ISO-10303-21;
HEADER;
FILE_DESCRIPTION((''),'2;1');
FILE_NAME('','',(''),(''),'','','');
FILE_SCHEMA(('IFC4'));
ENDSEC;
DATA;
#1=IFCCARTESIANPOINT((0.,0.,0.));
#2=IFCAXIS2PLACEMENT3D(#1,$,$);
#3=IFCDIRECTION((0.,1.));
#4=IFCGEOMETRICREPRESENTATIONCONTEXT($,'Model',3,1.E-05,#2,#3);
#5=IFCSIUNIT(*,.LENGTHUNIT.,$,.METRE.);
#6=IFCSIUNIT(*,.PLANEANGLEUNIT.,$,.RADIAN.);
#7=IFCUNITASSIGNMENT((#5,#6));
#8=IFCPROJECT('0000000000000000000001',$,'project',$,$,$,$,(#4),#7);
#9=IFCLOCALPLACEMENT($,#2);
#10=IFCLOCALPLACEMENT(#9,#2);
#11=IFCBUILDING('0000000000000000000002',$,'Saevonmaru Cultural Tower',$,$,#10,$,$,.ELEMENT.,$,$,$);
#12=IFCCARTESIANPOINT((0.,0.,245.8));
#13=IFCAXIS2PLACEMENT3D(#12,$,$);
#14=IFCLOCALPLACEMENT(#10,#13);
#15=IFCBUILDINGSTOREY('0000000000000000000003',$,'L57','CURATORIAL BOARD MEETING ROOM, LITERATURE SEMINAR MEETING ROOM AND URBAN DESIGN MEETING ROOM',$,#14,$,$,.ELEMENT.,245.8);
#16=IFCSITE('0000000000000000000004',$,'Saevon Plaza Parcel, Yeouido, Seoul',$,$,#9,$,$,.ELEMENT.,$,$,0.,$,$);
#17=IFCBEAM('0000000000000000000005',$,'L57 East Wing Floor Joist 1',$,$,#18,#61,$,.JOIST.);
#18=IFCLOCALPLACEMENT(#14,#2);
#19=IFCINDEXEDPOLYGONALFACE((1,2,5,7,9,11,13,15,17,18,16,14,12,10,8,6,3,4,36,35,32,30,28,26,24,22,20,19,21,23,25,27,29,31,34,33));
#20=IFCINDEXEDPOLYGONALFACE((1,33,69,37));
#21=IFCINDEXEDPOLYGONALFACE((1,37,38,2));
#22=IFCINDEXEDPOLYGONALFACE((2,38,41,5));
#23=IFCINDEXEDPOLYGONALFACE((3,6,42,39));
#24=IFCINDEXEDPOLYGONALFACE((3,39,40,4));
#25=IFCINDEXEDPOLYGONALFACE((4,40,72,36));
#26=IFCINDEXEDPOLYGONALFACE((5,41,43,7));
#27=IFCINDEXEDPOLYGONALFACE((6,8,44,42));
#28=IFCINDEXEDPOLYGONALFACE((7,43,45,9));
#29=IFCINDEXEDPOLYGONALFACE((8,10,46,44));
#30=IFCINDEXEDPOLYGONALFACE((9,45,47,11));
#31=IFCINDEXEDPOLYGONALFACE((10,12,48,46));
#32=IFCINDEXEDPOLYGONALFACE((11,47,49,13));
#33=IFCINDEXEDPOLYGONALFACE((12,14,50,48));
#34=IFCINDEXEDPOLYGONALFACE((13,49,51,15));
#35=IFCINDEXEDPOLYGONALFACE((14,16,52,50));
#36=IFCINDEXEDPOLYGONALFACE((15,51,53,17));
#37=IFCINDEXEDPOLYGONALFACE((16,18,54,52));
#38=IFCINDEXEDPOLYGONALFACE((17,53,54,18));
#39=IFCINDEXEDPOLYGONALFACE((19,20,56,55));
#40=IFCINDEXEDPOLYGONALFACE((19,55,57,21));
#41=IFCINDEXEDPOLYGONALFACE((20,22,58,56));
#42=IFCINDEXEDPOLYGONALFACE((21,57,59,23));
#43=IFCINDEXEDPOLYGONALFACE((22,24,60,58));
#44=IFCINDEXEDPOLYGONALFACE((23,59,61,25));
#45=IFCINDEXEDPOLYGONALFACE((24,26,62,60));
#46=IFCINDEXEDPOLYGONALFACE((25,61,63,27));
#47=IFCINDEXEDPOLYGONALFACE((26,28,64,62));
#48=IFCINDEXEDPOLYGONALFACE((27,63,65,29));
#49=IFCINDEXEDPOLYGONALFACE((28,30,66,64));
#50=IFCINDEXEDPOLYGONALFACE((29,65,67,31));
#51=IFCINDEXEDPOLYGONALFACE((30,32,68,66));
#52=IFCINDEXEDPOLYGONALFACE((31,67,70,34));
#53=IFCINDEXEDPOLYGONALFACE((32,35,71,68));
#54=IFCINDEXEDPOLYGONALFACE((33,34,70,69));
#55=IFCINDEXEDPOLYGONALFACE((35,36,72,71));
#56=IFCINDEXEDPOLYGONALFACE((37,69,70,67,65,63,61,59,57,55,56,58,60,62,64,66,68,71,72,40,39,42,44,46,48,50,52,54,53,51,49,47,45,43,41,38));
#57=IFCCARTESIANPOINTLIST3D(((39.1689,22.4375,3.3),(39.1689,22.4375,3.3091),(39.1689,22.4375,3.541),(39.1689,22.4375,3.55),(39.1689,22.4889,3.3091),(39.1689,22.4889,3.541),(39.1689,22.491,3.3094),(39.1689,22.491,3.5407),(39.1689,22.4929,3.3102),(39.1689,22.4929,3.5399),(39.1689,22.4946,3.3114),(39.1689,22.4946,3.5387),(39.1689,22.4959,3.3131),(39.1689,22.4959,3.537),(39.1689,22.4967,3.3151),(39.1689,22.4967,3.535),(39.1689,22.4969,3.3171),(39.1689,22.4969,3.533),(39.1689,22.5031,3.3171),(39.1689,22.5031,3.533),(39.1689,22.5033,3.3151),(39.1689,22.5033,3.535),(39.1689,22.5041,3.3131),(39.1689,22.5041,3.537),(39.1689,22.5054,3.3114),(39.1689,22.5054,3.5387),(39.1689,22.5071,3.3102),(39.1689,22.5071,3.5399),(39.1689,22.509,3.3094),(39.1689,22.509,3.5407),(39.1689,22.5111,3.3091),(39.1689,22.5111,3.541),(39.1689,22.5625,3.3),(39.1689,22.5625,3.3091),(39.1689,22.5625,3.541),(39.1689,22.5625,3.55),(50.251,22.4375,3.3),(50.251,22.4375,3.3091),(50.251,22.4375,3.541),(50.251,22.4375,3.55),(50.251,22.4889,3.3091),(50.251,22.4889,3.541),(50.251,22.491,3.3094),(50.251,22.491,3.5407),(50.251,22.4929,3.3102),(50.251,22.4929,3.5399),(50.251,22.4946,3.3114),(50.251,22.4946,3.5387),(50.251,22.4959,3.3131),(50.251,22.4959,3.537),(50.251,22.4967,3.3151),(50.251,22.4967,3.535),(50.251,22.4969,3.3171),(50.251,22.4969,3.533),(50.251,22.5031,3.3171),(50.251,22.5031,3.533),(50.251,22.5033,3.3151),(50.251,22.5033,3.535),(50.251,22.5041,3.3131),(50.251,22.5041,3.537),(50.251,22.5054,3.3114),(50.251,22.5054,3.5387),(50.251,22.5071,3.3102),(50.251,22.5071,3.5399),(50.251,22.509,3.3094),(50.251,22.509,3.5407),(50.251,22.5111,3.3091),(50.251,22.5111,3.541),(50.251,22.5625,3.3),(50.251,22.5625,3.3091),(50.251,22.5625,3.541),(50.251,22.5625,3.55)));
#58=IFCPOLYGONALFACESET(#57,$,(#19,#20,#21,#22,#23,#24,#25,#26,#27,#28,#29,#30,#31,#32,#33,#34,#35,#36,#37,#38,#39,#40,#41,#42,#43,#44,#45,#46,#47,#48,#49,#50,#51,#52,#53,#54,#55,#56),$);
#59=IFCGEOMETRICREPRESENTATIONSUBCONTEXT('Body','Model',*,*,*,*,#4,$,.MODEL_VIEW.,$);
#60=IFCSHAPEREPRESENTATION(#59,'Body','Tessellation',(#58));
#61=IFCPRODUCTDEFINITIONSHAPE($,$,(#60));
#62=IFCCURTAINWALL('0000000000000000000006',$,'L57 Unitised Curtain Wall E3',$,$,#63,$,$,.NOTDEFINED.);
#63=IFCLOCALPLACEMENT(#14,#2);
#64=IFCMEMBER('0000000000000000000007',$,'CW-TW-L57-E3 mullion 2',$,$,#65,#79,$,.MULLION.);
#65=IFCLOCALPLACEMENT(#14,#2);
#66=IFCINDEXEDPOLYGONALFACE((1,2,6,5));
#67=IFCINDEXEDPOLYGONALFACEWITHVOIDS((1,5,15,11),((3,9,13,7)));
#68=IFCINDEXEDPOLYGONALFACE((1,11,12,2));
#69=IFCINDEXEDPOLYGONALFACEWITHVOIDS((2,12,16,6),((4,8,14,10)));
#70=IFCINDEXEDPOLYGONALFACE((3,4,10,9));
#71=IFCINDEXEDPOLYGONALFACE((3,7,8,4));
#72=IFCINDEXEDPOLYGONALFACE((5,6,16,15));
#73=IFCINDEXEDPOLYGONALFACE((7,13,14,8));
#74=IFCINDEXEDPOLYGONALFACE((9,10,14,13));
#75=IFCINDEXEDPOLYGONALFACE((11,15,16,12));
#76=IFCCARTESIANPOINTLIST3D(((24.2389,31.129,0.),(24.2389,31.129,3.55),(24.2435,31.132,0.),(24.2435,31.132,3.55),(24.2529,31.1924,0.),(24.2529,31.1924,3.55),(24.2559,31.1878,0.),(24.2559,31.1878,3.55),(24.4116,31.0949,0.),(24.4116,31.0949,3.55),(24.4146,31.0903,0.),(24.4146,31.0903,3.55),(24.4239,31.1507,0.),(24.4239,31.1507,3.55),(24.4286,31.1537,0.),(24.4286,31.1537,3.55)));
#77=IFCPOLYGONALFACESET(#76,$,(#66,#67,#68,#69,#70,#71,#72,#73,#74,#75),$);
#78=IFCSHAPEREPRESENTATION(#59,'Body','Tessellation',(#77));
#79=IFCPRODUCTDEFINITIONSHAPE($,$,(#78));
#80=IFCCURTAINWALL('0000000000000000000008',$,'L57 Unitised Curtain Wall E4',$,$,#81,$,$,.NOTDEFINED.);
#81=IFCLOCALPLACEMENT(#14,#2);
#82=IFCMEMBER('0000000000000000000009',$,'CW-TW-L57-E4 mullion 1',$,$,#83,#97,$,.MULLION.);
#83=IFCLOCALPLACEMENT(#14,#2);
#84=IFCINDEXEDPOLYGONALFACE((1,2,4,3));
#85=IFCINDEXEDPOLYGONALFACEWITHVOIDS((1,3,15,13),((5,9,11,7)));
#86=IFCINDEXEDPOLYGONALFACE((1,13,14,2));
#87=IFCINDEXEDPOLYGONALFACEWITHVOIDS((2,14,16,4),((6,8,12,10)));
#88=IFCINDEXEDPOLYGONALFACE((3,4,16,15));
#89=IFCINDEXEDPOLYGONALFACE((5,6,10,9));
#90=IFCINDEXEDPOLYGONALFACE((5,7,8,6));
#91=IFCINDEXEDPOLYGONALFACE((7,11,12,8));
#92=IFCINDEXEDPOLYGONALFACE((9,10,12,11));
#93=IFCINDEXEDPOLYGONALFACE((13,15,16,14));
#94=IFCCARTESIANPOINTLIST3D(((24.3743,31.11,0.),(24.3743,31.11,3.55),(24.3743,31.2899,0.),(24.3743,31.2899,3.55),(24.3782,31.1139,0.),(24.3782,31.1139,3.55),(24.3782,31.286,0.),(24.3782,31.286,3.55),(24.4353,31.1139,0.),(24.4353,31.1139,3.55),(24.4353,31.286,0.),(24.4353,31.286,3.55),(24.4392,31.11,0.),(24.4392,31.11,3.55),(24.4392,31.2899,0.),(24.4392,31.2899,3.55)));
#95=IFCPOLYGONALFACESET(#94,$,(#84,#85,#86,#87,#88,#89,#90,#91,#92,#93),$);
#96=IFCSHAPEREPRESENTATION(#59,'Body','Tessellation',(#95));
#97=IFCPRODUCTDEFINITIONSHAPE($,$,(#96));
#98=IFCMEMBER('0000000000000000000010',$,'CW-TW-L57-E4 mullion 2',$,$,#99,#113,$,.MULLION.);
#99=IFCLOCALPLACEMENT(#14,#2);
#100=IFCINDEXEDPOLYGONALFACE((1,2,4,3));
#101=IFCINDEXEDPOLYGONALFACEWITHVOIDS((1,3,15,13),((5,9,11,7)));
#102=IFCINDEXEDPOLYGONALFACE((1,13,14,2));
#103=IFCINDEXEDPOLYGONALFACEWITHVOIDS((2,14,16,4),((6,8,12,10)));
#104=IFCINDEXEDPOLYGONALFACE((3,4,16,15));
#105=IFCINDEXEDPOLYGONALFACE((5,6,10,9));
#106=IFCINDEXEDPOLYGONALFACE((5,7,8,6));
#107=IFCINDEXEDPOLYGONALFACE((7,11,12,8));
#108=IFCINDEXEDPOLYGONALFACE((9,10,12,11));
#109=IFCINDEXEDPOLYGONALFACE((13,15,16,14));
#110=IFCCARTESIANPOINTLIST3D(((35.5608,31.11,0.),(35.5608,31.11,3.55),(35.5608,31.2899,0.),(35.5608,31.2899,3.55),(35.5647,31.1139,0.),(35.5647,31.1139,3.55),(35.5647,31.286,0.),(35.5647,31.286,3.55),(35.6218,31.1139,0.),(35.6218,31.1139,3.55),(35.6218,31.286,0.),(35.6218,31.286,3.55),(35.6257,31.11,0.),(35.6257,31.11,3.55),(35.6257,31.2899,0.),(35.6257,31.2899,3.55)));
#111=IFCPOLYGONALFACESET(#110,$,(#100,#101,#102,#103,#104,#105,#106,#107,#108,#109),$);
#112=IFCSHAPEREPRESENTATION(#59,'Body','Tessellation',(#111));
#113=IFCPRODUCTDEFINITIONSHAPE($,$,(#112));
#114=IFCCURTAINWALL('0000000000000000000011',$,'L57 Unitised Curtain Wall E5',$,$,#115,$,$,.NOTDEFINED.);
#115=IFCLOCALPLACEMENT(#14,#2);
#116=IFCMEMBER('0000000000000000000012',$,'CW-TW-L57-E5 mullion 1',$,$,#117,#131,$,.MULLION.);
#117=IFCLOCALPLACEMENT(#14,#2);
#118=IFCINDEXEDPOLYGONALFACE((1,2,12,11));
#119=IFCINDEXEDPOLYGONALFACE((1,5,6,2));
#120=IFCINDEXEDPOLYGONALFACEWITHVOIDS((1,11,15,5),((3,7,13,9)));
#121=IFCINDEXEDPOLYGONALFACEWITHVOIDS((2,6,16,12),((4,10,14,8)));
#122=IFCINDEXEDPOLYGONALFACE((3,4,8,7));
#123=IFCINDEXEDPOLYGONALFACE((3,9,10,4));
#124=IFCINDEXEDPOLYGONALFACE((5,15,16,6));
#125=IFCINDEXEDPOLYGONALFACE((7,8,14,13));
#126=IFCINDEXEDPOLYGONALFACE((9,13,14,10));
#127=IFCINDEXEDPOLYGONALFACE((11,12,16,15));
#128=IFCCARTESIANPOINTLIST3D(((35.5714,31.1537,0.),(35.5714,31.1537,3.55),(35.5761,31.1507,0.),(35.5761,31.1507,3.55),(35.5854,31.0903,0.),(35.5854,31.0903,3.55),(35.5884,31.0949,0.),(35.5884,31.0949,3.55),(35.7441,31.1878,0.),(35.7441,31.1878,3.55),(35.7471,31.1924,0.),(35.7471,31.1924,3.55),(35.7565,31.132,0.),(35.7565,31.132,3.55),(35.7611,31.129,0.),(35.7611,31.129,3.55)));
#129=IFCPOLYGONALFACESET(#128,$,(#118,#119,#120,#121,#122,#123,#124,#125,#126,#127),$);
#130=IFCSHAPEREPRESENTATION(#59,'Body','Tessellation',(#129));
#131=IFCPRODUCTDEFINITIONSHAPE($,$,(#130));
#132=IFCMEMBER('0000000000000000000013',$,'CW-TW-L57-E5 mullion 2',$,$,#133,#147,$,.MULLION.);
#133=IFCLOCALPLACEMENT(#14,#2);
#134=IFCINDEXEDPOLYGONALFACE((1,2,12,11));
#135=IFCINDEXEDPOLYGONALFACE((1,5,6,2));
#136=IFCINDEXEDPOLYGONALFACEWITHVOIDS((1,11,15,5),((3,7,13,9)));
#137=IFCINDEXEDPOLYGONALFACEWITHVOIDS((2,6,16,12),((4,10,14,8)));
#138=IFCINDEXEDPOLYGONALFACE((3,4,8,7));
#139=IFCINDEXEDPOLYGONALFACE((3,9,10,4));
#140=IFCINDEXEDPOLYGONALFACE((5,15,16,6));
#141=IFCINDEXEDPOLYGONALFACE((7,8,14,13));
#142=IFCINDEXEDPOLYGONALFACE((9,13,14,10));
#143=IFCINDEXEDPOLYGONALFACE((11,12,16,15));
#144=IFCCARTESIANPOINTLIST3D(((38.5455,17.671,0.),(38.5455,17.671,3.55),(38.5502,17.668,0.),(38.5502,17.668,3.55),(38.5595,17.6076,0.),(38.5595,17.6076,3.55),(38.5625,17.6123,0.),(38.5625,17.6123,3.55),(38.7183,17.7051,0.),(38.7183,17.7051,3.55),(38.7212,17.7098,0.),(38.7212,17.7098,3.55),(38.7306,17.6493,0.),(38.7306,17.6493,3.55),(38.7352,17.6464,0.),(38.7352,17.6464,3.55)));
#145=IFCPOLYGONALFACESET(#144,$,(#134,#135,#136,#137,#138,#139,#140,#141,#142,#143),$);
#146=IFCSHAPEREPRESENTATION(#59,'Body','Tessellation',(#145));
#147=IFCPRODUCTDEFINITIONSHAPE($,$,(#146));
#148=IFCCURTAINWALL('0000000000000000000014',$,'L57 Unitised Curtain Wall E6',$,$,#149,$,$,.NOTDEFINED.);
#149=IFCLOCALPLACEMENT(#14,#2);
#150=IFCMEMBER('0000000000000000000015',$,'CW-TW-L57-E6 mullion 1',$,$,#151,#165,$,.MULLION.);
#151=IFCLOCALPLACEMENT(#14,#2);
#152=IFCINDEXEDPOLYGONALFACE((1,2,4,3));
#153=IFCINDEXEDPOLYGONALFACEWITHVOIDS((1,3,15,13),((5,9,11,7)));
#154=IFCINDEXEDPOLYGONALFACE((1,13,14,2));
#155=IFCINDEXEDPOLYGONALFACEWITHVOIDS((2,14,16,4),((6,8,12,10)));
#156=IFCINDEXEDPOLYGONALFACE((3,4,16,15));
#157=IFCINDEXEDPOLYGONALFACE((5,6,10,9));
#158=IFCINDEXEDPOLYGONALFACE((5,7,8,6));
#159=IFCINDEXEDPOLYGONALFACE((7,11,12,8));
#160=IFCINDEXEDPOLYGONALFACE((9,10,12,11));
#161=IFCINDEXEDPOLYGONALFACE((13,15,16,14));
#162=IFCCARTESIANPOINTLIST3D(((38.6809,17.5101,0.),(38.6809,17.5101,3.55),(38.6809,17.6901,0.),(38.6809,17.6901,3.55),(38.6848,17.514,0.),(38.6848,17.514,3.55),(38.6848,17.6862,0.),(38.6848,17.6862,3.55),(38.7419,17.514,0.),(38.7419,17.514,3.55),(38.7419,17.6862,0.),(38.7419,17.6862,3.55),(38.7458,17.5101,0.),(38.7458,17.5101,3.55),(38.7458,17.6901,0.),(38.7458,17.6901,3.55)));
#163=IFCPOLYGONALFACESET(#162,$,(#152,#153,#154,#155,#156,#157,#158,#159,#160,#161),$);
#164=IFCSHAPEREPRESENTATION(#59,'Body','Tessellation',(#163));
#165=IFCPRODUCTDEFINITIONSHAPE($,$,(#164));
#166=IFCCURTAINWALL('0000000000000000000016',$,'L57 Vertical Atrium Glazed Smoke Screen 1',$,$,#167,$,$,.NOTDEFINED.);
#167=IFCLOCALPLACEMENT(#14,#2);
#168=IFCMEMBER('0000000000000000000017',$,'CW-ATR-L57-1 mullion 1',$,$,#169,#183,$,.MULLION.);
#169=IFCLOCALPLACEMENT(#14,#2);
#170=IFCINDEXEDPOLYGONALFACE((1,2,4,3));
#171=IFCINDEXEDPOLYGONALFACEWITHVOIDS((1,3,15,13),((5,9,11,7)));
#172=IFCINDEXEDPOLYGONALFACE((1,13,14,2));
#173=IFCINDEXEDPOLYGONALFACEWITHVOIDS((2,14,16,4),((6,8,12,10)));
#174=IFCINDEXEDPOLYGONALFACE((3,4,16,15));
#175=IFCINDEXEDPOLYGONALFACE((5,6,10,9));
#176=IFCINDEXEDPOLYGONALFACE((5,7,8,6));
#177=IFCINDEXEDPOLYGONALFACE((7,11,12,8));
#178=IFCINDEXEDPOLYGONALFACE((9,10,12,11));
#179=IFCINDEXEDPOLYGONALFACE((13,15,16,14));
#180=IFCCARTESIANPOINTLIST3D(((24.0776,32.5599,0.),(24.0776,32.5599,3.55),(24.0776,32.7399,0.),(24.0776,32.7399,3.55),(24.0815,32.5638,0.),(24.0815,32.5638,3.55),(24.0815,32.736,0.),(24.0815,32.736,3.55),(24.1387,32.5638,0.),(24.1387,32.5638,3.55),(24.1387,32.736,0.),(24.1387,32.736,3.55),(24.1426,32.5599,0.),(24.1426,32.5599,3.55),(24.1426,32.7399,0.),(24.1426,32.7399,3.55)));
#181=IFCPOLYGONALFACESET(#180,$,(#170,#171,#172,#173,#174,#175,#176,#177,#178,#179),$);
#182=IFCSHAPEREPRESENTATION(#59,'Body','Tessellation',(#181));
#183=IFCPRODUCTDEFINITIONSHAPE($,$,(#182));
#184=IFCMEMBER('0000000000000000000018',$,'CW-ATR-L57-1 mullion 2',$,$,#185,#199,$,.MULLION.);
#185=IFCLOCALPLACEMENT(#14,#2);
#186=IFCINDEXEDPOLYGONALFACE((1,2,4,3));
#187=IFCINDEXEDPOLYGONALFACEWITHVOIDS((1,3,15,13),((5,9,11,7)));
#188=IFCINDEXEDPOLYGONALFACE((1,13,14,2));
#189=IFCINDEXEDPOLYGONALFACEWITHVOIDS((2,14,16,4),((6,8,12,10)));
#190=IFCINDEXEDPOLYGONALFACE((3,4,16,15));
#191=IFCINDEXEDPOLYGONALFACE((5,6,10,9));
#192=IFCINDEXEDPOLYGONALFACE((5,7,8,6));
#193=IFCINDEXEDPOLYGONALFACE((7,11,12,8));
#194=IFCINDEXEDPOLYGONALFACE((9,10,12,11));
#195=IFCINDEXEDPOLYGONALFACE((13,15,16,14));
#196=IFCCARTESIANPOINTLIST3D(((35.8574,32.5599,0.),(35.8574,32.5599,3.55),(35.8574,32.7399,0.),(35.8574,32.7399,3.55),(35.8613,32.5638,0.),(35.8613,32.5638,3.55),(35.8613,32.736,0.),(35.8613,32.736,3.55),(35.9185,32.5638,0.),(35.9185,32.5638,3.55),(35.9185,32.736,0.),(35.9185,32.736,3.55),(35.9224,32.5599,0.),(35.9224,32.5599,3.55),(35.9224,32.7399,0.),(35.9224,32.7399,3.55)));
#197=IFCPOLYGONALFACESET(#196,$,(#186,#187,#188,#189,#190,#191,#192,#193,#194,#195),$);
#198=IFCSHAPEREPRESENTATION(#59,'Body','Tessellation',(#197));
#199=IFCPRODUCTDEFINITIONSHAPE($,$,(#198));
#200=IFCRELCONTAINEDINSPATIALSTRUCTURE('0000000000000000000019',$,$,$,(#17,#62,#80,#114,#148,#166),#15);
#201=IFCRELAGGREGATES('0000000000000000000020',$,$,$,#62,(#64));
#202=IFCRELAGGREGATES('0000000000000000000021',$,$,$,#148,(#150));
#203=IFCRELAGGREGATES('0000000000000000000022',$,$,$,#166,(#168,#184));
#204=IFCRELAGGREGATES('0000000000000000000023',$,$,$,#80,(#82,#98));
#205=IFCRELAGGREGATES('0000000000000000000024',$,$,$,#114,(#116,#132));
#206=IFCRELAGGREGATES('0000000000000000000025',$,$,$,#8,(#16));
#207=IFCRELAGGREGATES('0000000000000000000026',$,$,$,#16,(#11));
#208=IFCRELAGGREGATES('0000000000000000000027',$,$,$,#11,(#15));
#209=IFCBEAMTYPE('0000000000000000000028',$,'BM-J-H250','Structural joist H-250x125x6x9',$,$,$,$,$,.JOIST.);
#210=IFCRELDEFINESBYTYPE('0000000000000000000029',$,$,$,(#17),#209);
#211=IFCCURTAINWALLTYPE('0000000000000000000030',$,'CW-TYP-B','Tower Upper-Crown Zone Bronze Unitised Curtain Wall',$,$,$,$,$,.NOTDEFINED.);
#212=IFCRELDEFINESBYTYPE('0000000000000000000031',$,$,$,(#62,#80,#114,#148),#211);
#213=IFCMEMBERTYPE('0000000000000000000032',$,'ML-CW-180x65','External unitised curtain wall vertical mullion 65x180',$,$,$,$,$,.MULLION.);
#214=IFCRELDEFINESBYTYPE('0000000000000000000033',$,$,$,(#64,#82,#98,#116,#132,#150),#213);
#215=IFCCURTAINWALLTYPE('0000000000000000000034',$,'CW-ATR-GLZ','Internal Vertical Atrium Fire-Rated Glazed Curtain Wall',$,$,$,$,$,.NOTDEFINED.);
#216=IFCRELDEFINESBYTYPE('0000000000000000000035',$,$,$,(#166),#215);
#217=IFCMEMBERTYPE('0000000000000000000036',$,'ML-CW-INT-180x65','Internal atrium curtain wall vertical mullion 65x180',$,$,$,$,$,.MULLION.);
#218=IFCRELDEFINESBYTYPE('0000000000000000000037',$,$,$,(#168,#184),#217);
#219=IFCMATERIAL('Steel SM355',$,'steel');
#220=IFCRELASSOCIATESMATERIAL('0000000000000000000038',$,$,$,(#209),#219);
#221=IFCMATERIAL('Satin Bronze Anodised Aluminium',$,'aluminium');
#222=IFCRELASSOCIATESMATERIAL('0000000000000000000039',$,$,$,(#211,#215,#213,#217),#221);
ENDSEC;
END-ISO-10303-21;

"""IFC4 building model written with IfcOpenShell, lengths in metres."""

from ifc_helpers import new_model, si_unit, direction, frame, origin, origin_2d, place, context, subcontext, project, spatial, hollow_rectangle, i_section, extrude, material, material_profile, profile_set, type_object, element, aggregate, save


model = new_model("IFC4")

# Units and contexts
model_context = context("Model", 3, precision=1e-05, world=origin(), true_north=direction((0.0, 1.0)))
body_context = subcontext(model_context, "Body", "Model", "MODEL_VIEW")
ifc_project = project(units=[si_unit("LENGTHUNIT", "METRE"), si_unit("PLANEANGLEUNIT", "RADIAN")], contexts=[model_context])

# Site, building, storey
site_placement = place(None, origin())
site = spatial("IfcSite", under=ifc_project, at=site_placement, Name="Saevon Plaza Parcel, Yeouido, Seoul", CompositionType="ELEMENT", RefElevation=0.0)
building_placement = place(site_placement, origin())
building = spatial("IfcBuilding", under=site, at=building_placement, Name="Saevonmaru Cultural Tower", CompositionType="ELEMENT")
storey_placement = place(building_placement, frame((0.0, 0.0, 245.8)))
storey = spatial("IfcBuildingStorey", under=building, at=storey_placement, Name="L57", Description="CURATORIAL BOARD MEETING ROOM, LITERATURE SEMINAR MEETING ROOM AND URBAN DESIGN MEETING ROOM", CompositionType="ELEMENT", Elevation=245.8)

# Shared definitions
ifc_material_1 = material(Name="Steel SM355", Category="steel")

# Beam
ifc_material_profile_1 = material_profile(ifc_material_1, i_section(OverallWidth=0.125, OverallDepth=0.25, WebThickness=0.0061, FlangeThickness=0.009, FilletRadius=0.0081, at=origin_2d()), Name="H-250x125x6x9")
ifc_profile_set_1 = profile_set([ifc_material_profile_1], Name="Steel SM355")
beam_type_1 = type_object("IfcBeamType", Name="BM-J-H250", Description="Structural joist H-250x125x6x9", PredefinedType="JOIST", material=ifc_profile_set_1)
beam_1_placement = place(storey_placement, frame((39.1689, 22.5, 3.425), z_axis=(1.0, 0.0, 0.0), x_axis=(0.0, 1.0, 0.0)))
element("IfcBeam", 1, at=beam_1_placement, inside=storey, type_object=beam_type_1, Name="L57 East Wing Floor Joist 1", PredefinedType="JOIST", context=body_context, shape_type="SweptSolid", body=[
    extrude(i_section(OverallWidth=0.125, OverallDepth=0.25, WebThickness=0.0061, FlangeThickness=0.009, FilletRadius=0.0081, at=origin_2d()), origin(), (0.0, 0.0, 1.0), 11.082),
])

# Curtain wall, member
ifc_material_2 = material(Name="Satin Bronze Anodised Aluminium", Category="aluminium")
curtain_wall_type_1 = type_object("IfcCurtainWallType", Name="CW-TYP-B", Description="Tower Upper-Crown Zone Bronze Unitised Curtain Wall", PredefinedType="NOTDEFINED", material=ifc_material_2)
curtain_wall_1_placement = place(storey_placement, origin())
curtain_wall_1 = element("IfcCurtainWall", 2, at=curtain_wall_1_placement, inside=storey, type_object=curtain_wall_type_1, Name="L57 Unitised Curtain Wall E3", PredefinedType="NOTDEFINED")
ifc_material_profile_2 = material_profile(ifc_material_2, hollow_rectangle(XDim=0.0649, YDim=0.1799, WallThickness=0.0039, at=origin_2d()), Name="ALU-MULL-180x65x4")
ifc_profile_set_2 = profile_set([ifc_material_profile_2], Name="Satin Bronze Anodised Aluminium")
member_type_1 = type_object("IfcMemberType", Name="ML-CW-180x65", Description="External unitised curtain wall vertical mullion 65x180", PredefinedType="MULLION", material=ifc_profile_set_2)
member_1_placement = place(storey_placement, frame((24.3337, 31.1414, 0.0), z_axis=(0.0, 0.0, 1.0), x_axis=(0.215413, 0.976523, 0.0)))
member_1 = element("IfcMember", 3, at=member_1_placement, type_object=member_type_1, Name="CW-TW-L57-E3 mullion 2", PredefinedType="MULLION", context=body_context, shape_type="SweptSolid", body=[
    extrude(hollow_rectangle(XDim=0.0649, YDim=0.1799, WallThickness=0.0039, at=origin_2d()), origin(), (0.0, 0.0, 1.0), 3.55),
])
aggregate(curtain_wall_1, [member_1])

# Curtain walls, members
curtain_wall_2_placement = place(storey_placement, origin())
curtain_wall_2 = element("IfcCurtainWall", 4, at=curtain_wall_2_placement, inside=storey, type_object=curtain_wall_type_1, Name="L57 Unitised Curtain Wall E4", PredefinedType="NOTDEFINED")
member_2_placement = place(storey_placement, frame((24.4067, 31.2, 0.0), z_axis=(0.0, 0.0, 1.0), x_axis=(1.0, 0.0, 0.0)))
member_2 = element("IfcMember", 5, at=member_2_placement, type_object=member_type_1, Name="CW-TW-L57-E4 mullion 1", PredefinedType="MULLION", context=body_context, shape_type="SweptSolid", body=[
    extrude(hollow_rectangle(XDim=0.0649, YDim=0.1799, WallThickness=0.0039, at=origin_2d()), origin(), (0.0, 0.0, 1.0), 3.55),
])
member_3_placement = place(storey_placement, frame((35.5933, 31.2, 0.0), z_axis=(0.0, 0.0, 1.0), x_axis=(1.0, 0.0, 0.0)))
member_3 = element("IfcMember", 6, at=member_3_placement, type_object=member_type_1, Name="CW-TW-L57-E4 mullion 2", PredefinedType="MULLION", context=body_context, shape_type="SweptSolid", body=[
    extrude(hollow_rectangle(XDim=0.0649, YDim=0.1799, WallThickness=0.0039, at=origin_2d()), origin(), (0.0, 0.0, 1.0), 3.55),
])
curtain_wall_3_placement = place(storey_placement, origin())
curtain_wall_3 = element("IfcCurtainWall", 7, at=curtain_wall_3_placement, inside=storey, type_object=curtain_wall_type_1, Name="L57 Unitised Curtain Wall E5", PredefinedType="NOTDEFINED")
member_4_placement = place(storey_placement, frame((35.6663, 31.1414, 0.0), z_axis=(0.0, 0.0, 1.0), x_axis=(0.215413, -0.976523, 0.0)))
member_4 = element("IfcMember", 8, at=member_4_placement, type_object=member_type_1, Name="CW-TW-L57-E5 mullion 1", PredefinedType="MULLION", context=body_context, shape_type="SweptSolid", body=[
    extrude(hollow_rectangle(XDim=0.0649, YDim=0.1799, WallThickness=0.0039, at=origin_2d()), origin(), (0.0, 0.0, 1.0), 3.55),
])
member_5_placement = place(storey_placement, frame((38.6404, 17.6587, 0.0), z_axis=(0.0, 0.0, 1.0), x_axis=(0.215413, -0.976523, 0.0)))
member_5 = element("IfcMember", 9, at=member_5_placement, type_object=member_type_1, Name="CW-TW-L57-E5 mullion 2", PredefinedType="MULLION", context=body_context, shape_type="SweptSolid", body=[
    extrude(hollow_rectangle(XDim=0.0649, YDim=0.1799, WallThickness=0.0039, at=origin_2d()), origin(), (0.0, 0.0, 1.0), 3.55),
])

# Curtain wall, member
curtain_wall_4_placement = place(storey_placement, origin())
curtain_wall_4 = element("IfcCurtainWall", 10, at=curtain_wall_4_placement, inside=storey, type_object=curtain_wall_type_1, Name="L57 Unitised Curtain Wall E6", PredefinedType="NOTDEFINED")
member_6_placement = place(storey_placement, frame((38.7134, 17.6001, 0.0), z_axis=(0.0, 0.0, 1.0), x_axis=(1.0, 0.0, 0.0)))
member_6 = element("IfcMember", 11, at=member_6_placement, type_object=member_type_1, Name="CW-TW-L57-E6 mullion 1", PredefinedType="MULLION", context=body_context, shape_type="SweptSolid", body=[
    extrude(hollow_rectangle(XDim=0.0649, YDim=0.1799, WallThickness=0.0039, at=origin_2d()), origin(), (0.0, 0.0, 1.0), 3.55),
])

# Curtain wall, members
curtain_wall_type_2 = type_object("IfcCurtainWallType", Name="CW-ATR-GLZ", Description="Internal Vertical Atrium Fire-Rated Glazed Curtain Wall", PredefinedType="NOTDEFINED", material=ifc_material_2)
curtain_wall_5_placement = place(storey_placement, origin())
curtain_wall_5 = element("IfcCurtainWall", 12, at=curtain_wall_5_placement, inside=storey, type_object=curtain_wall_type_2, Name="L57 Vertical Atrium Glazed Smoke Screen 1", PredefinedType="NOTDEFINED")
ifc_material_profile_3 = material_profile(ifc_material_2, hollow_rectangle(XDim=0.0649, YDim=0.1799, WallThickness=0.0039, at=origin_2d()), Name="ALU-MULL-180x65x4")
ifc_profile_set_3 = profile_set([ifc_material_profile_3], Name="Satin Bronze Anodised Aluminium")
member_type_2 = type_object("IfcMemberType", Name="ML-CW-INT-180x65", Description="Internal atrium curtain wall vertical mullion 65x180", PredefinedType="MULLION", material=ifc_profile_set_3)
member_7_placement = place(storey_placement, frame((24.1101, 32.6499, 0.0), z_axis=(0.0, 0.0, 1.0), x_axis=(1.0, 0.0, 0.0)))
member_7 = element("IfcMember", 13, at=member_7_placement, type_object=member_type_2, Name="CW-ATR-L57-1 mullion 1", PredefinedType="MULLION", context=body_context, shape_type="SweptSolid", body=[
    extrude(hollow_rectangle(XDim=0.0649, YDim=0.1799, WallThickness=0.0039, at=origin_2d()), origin(), (0.0, 0.0, 1.0), 3.55),
])
member_8_placement = place(storey_placement, frame((35.8899, 32.6499, 0.0), z_axis=(0.0, 0.0, 1.0), x_axis=(1.0, 0.0, 0.0)))
member_8 = element("IfcMember", 14, at=member_8_placement, type_object=member_type_2, Name="CW-ATR-L57-1 mullion 2", PredefinedType="MULLION", context=body_context, shape_type="SweptSolid", body=[
    extrude(hollow_rectangle(XDim=0.0649, YDim=0.1799, WallThickness=0.0039, at=origin_2d()), origin(), (0.0, 0.0, 1.0), 3.55),
])

aggregate(curtain_wall_4, [member_6])

aggregate(curtain_wall_5, [member_7, member_8])
aggregate(curtain_wall_2, [member_2, member_3])
aggregate(curtain_wall_3, [member_4, member_5])

save(model, "model.ifc")
